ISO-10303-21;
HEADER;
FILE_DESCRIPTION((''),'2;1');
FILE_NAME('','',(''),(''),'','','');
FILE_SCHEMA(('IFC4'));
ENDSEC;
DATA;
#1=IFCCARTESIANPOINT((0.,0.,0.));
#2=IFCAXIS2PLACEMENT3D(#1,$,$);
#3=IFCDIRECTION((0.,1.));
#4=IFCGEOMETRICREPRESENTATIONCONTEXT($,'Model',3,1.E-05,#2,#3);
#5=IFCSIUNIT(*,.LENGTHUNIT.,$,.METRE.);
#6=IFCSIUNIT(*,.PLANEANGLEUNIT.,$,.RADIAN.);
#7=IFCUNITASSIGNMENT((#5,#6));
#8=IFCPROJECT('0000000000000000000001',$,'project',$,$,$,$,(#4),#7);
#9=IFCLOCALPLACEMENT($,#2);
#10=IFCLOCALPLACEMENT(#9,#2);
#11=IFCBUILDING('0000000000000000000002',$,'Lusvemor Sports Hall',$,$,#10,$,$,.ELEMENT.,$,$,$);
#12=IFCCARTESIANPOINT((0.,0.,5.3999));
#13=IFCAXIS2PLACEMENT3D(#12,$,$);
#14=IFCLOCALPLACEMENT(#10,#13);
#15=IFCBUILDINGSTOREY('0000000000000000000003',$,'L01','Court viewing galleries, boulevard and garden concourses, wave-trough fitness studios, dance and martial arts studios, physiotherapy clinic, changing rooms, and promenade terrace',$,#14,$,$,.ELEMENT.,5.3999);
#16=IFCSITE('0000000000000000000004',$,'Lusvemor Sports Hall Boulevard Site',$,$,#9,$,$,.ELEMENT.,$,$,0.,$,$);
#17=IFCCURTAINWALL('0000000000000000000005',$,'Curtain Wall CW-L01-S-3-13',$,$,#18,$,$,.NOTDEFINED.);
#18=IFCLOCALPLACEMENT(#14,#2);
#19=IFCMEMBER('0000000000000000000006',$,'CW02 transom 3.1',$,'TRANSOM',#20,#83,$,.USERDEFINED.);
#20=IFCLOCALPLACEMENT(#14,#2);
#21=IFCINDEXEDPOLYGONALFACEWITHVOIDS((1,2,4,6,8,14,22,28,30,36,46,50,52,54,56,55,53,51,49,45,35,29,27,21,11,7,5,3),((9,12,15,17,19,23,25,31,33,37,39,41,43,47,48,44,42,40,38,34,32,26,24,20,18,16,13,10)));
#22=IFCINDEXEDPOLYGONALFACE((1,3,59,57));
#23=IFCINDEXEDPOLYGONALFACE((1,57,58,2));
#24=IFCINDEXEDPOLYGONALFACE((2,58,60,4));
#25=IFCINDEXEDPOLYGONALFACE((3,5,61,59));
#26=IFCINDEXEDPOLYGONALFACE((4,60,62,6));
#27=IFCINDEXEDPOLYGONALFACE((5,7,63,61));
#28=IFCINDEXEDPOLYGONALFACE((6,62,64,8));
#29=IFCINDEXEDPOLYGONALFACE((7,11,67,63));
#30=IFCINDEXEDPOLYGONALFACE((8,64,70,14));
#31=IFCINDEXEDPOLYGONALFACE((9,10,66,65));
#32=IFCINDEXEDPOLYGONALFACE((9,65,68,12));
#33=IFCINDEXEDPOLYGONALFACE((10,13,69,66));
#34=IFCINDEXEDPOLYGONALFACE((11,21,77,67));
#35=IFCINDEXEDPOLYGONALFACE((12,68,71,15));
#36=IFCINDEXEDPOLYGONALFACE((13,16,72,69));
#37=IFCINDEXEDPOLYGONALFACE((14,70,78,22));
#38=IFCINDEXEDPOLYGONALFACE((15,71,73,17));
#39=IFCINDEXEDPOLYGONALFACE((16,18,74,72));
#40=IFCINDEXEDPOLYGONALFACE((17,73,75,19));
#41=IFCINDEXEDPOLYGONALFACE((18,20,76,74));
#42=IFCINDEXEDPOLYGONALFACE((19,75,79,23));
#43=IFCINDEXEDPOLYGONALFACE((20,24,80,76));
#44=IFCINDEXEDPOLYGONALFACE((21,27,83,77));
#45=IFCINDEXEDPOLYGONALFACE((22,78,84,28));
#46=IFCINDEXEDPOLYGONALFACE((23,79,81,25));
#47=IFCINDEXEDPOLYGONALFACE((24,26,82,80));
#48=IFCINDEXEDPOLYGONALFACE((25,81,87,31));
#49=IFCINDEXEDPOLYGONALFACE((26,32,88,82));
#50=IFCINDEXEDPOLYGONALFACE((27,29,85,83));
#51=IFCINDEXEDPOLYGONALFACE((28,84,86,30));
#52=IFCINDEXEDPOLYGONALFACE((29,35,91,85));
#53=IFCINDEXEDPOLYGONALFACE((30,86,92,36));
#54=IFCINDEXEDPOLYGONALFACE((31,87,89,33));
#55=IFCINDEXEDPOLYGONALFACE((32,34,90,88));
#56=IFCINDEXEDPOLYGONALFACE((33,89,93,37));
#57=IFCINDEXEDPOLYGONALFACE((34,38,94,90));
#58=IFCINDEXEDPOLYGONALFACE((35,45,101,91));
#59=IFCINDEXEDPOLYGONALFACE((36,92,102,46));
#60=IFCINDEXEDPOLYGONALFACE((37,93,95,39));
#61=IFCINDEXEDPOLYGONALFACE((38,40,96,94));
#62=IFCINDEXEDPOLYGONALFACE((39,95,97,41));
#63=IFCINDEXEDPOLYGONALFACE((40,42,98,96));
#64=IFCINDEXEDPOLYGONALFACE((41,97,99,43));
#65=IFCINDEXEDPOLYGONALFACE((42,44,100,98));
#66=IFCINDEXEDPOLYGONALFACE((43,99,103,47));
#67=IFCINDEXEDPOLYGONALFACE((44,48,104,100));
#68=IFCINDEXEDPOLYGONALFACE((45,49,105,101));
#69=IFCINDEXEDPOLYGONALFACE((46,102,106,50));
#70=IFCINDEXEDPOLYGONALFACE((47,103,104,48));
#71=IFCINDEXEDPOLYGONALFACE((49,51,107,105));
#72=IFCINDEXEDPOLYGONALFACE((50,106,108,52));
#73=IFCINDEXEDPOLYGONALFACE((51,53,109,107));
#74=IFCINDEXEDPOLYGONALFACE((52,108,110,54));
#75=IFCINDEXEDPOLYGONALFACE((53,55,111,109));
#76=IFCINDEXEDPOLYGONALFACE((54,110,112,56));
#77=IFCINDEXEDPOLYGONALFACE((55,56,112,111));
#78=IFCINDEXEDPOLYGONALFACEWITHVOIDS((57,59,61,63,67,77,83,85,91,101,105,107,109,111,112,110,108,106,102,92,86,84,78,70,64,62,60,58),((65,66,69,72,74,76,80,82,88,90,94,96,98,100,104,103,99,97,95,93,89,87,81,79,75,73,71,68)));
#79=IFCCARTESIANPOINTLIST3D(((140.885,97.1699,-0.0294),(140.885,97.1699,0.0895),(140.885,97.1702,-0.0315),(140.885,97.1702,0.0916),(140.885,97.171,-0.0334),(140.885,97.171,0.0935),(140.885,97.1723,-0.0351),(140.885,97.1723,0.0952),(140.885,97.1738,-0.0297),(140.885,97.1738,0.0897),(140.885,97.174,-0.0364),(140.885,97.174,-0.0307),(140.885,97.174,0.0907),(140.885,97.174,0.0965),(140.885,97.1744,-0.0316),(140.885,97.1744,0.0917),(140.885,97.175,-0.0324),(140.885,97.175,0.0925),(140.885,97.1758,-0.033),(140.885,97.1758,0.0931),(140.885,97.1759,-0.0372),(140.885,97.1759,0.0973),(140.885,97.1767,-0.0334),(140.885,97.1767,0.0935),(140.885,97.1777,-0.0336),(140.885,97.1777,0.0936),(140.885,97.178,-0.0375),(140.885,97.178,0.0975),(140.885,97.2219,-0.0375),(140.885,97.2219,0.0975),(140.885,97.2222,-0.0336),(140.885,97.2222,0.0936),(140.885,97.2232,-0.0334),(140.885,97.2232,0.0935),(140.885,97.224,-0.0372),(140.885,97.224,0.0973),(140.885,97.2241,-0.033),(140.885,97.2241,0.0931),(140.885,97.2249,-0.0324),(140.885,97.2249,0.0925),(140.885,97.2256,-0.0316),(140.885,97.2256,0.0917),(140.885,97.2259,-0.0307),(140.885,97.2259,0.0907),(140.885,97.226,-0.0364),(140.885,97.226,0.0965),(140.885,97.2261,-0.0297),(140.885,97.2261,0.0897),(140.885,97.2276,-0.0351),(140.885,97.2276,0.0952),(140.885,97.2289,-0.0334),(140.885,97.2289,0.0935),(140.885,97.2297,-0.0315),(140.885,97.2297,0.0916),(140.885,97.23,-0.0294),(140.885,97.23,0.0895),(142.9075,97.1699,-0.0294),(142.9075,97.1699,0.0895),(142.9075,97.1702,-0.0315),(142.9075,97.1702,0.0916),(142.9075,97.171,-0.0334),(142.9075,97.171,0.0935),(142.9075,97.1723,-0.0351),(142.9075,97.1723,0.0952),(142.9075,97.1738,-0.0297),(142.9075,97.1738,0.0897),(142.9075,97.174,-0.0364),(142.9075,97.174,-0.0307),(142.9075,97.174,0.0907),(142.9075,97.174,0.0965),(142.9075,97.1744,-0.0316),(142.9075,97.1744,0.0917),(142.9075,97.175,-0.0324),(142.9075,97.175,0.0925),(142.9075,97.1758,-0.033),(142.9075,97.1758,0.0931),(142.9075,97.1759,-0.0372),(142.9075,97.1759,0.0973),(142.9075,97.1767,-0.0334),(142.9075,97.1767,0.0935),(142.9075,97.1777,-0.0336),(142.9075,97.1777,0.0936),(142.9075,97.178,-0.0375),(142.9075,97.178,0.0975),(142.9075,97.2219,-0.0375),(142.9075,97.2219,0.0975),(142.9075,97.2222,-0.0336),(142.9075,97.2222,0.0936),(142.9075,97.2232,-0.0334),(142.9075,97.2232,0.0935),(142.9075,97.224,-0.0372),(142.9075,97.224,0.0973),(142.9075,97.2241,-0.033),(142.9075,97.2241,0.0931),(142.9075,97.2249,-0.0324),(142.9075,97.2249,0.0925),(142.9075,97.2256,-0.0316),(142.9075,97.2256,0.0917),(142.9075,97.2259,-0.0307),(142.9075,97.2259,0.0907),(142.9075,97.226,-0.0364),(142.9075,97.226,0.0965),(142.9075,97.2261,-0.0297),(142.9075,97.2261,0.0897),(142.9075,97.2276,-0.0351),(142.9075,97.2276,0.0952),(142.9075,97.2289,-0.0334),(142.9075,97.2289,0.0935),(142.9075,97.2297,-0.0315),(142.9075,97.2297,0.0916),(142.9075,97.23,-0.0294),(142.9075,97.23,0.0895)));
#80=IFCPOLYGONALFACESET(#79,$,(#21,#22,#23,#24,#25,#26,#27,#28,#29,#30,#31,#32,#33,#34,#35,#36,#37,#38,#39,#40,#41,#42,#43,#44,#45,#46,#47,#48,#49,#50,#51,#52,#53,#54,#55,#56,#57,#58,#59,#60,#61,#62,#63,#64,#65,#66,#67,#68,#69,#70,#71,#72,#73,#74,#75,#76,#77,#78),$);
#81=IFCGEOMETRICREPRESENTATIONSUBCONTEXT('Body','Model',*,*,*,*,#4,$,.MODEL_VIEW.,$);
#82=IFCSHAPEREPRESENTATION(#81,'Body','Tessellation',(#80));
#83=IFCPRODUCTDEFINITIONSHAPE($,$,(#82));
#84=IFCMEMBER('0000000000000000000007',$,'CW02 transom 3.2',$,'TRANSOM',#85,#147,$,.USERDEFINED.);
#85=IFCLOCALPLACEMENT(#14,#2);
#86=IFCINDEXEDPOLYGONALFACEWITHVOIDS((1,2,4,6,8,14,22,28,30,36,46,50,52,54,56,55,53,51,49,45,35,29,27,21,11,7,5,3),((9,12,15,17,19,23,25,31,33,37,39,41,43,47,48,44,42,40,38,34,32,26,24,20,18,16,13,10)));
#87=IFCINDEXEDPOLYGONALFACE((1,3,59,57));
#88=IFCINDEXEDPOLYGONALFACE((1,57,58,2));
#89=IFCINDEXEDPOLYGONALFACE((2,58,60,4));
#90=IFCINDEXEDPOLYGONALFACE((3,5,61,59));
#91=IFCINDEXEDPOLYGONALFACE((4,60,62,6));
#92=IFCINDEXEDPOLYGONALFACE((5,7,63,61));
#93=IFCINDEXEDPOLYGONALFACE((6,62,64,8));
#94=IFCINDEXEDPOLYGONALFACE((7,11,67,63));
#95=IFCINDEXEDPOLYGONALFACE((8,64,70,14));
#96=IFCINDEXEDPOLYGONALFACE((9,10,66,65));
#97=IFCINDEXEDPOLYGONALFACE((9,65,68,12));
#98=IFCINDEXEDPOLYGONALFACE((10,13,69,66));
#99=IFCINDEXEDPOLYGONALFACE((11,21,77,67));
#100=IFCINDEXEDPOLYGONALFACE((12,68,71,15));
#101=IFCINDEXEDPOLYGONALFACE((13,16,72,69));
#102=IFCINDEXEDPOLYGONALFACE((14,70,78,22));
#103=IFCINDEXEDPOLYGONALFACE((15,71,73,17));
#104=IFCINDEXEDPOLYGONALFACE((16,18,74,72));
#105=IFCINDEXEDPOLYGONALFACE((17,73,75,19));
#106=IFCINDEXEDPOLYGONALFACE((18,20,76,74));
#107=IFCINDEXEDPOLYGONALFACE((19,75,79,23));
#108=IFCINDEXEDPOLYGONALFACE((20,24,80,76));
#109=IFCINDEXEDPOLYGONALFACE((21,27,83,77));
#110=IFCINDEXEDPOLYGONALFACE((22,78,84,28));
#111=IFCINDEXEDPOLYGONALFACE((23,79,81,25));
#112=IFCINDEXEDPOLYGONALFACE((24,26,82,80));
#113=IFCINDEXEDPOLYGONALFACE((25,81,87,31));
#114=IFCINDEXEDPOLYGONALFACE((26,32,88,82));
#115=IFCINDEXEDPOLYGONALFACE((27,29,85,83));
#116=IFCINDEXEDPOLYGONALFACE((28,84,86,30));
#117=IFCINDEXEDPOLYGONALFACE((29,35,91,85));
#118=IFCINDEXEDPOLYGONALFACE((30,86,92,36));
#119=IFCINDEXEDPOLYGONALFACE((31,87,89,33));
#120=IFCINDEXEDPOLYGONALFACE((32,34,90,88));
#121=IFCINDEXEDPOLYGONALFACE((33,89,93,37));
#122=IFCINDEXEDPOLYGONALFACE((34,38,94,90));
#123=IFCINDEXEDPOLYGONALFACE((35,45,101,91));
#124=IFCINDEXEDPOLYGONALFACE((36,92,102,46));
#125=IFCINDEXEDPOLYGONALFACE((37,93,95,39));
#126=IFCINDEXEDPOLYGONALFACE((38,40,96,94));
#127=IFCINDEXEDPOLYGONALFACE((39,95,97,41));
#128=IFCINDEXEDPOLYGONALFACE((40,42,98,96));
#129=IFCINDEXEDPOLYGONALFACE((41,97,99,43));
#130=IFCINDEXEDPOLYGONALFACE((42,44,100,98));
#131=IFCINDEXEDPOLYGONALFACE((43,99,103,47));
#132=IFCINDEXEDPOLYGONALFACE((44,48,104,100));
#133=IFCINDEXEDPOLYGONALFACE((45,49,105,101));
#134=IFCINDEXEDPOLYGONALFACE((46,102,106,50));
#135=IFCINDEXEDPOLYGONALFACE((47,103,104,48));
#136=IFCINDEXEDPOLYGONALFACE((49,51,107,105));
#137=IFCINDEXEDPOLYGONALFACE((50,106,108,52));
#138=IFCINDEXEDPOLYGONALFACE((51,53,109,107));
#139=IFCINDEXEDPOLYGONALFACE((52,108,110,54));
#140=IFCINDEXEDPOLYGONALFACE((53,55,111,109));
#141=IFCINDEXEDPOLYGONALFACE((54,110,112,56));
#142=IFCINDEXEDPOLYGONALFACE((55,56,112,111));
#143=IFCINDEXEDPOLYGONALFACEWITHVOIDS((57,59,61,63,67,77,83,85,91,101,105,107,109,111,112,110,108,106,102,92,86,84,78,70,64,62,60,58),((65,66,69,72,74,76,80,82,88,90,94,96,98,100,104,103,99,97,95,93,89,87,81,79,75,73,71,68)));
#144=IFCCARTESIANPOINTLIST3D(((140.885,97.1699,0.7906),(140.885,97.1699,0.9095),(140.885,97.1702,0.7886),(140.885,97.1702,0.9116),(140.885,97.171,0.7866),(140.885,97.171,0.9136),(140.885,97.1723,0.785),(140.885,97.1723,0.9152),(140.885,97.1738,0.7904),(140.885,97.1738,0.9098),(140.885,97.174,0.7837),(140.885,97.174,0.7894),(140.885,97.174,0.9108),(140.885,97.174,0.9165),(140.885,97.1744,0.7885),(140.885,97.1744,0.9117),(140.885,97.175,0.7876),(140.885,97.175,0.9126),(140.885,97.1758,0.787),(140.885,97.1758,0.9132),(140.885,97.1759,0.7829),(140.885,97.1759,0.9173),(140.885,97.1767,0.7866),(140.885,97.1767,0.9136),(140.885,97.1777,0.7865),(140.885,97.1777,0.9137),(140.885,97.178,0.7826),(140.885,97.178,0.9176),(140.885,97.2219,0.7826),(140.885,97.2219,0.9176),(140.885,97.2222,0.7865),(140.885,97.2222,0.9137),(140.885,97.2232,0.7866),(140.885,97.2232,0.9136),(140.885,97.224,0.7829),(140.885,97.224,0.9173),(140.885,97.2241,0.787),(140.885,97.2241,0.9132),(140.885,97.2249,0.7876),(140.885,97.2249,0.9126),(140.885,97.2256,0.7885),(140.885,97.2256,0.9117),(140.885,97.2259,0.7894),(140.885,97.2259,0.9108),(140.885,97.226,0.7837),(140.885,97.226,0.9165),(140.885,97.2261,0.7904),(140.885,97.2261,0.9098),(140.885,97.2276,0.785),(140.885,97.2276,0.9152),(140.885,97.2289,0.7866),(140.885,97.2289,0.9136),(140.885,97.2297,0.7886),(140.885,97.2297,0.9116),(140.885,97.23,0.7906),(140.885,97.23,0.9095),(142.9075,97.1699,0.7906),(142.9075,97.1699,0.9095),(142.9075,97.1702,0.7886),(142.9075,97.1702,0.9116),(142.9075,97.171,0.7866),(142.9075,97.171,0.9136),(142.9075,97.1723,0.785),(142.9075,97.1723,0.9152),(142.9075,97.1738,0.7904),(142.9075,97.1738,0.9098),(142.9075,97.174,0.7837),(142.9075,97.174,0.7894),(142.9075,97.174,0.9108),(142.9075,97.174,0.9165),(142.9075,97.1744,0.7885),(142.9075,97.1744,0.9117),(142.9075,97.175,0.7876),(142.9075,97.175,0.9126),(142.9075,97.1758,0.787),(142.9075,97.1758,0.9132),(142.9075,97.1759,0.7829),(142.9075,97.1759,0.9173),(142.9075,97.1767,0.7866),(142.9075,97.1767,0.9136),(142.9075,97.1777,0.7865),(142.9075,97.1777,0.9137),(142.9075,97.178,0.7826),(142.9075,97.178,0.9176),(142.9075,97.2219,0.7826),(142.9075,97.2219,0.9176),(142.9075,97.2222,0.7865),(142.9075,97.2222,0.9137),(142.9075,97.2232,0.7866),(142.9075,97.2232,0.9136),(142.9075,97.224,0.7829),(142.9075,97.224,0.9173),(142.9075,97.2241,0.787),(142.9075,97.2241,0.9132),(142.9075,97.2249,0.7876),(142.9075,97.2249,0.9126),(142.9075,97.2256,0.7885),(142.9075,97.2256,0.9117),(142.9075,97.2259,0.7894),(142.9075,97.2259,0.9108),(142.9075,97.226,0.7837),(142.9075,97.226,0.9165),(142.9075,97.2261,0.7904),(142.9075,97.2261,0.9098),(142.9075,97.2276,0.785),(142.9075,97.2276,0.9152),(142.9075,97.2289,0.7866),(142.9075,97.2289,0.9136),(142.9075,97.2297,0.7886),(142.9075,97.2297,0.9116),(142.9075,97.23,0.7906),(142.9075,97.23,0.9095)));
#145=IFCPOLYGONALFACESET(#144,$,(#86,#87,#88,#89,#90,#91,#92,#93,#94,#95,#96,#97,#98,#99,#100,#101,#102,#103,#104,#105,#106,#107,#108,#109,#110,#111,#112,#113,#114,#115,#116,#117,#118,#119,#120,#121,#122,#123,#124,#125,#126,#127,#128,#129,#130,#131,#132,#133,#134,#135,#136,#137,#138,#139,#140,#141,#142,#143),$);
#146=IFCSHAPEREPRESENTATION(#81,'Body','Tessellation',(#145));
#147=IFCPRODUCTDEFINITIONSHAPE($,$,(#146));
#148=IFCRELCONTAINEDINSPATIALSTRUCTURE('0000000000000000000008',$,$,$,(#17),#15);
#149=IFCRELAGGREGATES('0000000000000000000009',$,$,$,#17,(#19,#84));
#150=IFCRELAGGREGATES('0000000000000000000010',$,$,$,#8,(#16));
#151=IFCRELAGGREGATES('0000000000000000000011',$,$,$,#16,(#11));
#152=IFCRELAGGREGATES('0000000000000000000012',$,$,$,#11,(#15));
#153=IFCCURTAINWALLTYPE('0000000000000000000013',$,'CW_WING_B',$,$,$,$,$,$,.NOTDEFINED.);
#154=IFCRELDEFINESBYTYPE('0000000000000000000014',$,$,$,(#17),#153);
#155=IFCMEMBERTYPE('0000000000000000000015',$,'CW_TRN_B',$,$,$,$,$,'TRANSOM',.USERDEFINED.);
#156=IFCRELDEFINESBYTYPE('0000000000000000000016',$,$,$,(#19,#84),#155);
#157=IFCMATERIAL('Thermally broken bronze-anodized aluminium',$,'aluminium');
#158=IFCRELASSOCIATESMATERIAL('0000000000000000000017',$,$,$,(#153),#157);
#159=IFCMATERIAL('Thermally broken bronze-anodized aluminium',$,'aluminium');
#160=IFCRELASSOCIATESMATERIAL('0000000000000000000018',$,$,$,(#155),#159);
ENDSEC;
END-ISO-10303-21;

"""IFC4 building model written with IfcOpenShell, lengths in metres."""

from ifc_helpers import new_model, si_unit, direction, frame, origin, origin_2d, place, context, subcontext, project, spatial, hollow_rectangle, extrude, material, material_profile, profile_set, type_object, element, aggregate, save


model = new_model("IFC4")

# Units and contexts
model_context = context("Model", 3, precision=1e-05, world=origin(), true_north=direction((0.0, 1.0)))
body_context = subcontext(model_context, "Body", "Model", "MODEL_VIEW")
ifc_project = project(units=[si_unit("LENGTHUNIT", "METRE"), si_unit("PLANEANGLEUNIT", "RADIAN")], contexts=[model_context])

# Site, building, storey
site_placement = place(None, origin())
site = spatial("IfcSite", under=ifc_project, at=site_placement, Name="Lusvemor Sports Hall Boulevard Site", CompositionType="ELEMENT", RefElevation=0.0)
building_placement = place(site_placement, origin())
building = spatial("IfcBuilding", under=site, at=building_placement, Name="Lusvemor Sports Hall", CompositionType="ELEMENT")
storey_placement = place(building_placement, frame((0.0, 0.0, 5.3999)))
storey = spatial("IfcBuildingStorey", under=building, at=storey_placement, Name="L01", Description="Court viewing galleries, boulevard and garden concourses, wave-trough fitness studios, dance and martial arts studios, physiotherapy clinic, changing rooms, and promenade terrace", CompositionType="ELEMENT", Elevation=5.3999)

# Curtain wall, members
ifc_material_1 = material(Name="Thermally broken bronze-anodized aluminium", Category="aluminium")
curtain_wall_type = type_object("IfcCurtainWallType", Name="CW_WING_B", PredefinedType="NOTDEFINED", material=ifc_material_1)
curtain_wall_placement = place(storey_placement, origin())
curtain_wall = element("IfcCurtainWall", 1, at=curtain_wall_placement, inside=storey, type_object=curtain_wall_type, Name="Curtain Wall CW-L01-S-3-13", PredefinedType="NOTDEFINED")
ifc_material_2 = material(Name="Thermally broken bronze-anodized aluminium", Category="aluminium")
ifc_material_profile_1 = material_profile(ifc_material_2, hollow_rectangle(XDim=0.0601, YDim=0.135, WallThickness=0.0039, InnerFilletRadius=0.0039, OuterFilletRadius=0.0081, at=origin_2d()), Name="CWTRN135x60x4")
ifc_profile_set_1 = profile_set([ifc_material_profile_1], Name="Thermally broken bronze-anodized aluminium")
member_type_1 = type_object("IfcMemberType", Name="CW_TRN_B", ElementType="TRANSOM", PredefinedType="USERDEFINED", material=ifc_profile_set_1)
member_1_placement = place(storey_placement, frame((142.9075, 97.2, 0.03), z_axis=(-1.0, 0.0, 0.0), x_axis=(0.0, -1.0, 0.0)))
member_1 = element("IfcMember", 2, at=member_1_placement, type_object=member_type_1, Name="CW02 transom 3.1", ObjectType="TRANSOM", PredefinedType="USERDEFINED", context=body_context, shape_type="SweptSolid", body=[
    extrude(hollow_rectangle(XDim=0.0601, YDim=0.135, WallThickness=0.0039, InnerFilletRadius=0.0039, OuterFilletRadius=0.0081, at=origin_2d()), origin(), (0.0, 0.0, 1.0), 2.0225),
])
member_2_placement = place(storey_placement, frame((142.9075, 97.2, 0.8501), z_axis=(-1.0, 0.0, 0.0), x_axis=(0.0, -1.0, 0.0)))
member_2 = element("IfcMember", 3, at=member_2_placement, type_object=member_type_1, Name="CW02 transom 3.2", ObjectType="TRANSOM", PredefinedType="USERDEFINED", context=body_context, shape_type="SweptSolid", body=[
    extrude(hollow_rectangle(XDim=0.0601, YDim=0.135, WallThickness=0.0039, InnerFilletRadius=0.0039, OuterFilletRadius=0.0081, at=origin_2d()), origin(), (0.0, 0.0, 1.0), 2.0225),
])

aggregate(curtain_wall, [member_1, member_2])

save(model, "model.ifc")
